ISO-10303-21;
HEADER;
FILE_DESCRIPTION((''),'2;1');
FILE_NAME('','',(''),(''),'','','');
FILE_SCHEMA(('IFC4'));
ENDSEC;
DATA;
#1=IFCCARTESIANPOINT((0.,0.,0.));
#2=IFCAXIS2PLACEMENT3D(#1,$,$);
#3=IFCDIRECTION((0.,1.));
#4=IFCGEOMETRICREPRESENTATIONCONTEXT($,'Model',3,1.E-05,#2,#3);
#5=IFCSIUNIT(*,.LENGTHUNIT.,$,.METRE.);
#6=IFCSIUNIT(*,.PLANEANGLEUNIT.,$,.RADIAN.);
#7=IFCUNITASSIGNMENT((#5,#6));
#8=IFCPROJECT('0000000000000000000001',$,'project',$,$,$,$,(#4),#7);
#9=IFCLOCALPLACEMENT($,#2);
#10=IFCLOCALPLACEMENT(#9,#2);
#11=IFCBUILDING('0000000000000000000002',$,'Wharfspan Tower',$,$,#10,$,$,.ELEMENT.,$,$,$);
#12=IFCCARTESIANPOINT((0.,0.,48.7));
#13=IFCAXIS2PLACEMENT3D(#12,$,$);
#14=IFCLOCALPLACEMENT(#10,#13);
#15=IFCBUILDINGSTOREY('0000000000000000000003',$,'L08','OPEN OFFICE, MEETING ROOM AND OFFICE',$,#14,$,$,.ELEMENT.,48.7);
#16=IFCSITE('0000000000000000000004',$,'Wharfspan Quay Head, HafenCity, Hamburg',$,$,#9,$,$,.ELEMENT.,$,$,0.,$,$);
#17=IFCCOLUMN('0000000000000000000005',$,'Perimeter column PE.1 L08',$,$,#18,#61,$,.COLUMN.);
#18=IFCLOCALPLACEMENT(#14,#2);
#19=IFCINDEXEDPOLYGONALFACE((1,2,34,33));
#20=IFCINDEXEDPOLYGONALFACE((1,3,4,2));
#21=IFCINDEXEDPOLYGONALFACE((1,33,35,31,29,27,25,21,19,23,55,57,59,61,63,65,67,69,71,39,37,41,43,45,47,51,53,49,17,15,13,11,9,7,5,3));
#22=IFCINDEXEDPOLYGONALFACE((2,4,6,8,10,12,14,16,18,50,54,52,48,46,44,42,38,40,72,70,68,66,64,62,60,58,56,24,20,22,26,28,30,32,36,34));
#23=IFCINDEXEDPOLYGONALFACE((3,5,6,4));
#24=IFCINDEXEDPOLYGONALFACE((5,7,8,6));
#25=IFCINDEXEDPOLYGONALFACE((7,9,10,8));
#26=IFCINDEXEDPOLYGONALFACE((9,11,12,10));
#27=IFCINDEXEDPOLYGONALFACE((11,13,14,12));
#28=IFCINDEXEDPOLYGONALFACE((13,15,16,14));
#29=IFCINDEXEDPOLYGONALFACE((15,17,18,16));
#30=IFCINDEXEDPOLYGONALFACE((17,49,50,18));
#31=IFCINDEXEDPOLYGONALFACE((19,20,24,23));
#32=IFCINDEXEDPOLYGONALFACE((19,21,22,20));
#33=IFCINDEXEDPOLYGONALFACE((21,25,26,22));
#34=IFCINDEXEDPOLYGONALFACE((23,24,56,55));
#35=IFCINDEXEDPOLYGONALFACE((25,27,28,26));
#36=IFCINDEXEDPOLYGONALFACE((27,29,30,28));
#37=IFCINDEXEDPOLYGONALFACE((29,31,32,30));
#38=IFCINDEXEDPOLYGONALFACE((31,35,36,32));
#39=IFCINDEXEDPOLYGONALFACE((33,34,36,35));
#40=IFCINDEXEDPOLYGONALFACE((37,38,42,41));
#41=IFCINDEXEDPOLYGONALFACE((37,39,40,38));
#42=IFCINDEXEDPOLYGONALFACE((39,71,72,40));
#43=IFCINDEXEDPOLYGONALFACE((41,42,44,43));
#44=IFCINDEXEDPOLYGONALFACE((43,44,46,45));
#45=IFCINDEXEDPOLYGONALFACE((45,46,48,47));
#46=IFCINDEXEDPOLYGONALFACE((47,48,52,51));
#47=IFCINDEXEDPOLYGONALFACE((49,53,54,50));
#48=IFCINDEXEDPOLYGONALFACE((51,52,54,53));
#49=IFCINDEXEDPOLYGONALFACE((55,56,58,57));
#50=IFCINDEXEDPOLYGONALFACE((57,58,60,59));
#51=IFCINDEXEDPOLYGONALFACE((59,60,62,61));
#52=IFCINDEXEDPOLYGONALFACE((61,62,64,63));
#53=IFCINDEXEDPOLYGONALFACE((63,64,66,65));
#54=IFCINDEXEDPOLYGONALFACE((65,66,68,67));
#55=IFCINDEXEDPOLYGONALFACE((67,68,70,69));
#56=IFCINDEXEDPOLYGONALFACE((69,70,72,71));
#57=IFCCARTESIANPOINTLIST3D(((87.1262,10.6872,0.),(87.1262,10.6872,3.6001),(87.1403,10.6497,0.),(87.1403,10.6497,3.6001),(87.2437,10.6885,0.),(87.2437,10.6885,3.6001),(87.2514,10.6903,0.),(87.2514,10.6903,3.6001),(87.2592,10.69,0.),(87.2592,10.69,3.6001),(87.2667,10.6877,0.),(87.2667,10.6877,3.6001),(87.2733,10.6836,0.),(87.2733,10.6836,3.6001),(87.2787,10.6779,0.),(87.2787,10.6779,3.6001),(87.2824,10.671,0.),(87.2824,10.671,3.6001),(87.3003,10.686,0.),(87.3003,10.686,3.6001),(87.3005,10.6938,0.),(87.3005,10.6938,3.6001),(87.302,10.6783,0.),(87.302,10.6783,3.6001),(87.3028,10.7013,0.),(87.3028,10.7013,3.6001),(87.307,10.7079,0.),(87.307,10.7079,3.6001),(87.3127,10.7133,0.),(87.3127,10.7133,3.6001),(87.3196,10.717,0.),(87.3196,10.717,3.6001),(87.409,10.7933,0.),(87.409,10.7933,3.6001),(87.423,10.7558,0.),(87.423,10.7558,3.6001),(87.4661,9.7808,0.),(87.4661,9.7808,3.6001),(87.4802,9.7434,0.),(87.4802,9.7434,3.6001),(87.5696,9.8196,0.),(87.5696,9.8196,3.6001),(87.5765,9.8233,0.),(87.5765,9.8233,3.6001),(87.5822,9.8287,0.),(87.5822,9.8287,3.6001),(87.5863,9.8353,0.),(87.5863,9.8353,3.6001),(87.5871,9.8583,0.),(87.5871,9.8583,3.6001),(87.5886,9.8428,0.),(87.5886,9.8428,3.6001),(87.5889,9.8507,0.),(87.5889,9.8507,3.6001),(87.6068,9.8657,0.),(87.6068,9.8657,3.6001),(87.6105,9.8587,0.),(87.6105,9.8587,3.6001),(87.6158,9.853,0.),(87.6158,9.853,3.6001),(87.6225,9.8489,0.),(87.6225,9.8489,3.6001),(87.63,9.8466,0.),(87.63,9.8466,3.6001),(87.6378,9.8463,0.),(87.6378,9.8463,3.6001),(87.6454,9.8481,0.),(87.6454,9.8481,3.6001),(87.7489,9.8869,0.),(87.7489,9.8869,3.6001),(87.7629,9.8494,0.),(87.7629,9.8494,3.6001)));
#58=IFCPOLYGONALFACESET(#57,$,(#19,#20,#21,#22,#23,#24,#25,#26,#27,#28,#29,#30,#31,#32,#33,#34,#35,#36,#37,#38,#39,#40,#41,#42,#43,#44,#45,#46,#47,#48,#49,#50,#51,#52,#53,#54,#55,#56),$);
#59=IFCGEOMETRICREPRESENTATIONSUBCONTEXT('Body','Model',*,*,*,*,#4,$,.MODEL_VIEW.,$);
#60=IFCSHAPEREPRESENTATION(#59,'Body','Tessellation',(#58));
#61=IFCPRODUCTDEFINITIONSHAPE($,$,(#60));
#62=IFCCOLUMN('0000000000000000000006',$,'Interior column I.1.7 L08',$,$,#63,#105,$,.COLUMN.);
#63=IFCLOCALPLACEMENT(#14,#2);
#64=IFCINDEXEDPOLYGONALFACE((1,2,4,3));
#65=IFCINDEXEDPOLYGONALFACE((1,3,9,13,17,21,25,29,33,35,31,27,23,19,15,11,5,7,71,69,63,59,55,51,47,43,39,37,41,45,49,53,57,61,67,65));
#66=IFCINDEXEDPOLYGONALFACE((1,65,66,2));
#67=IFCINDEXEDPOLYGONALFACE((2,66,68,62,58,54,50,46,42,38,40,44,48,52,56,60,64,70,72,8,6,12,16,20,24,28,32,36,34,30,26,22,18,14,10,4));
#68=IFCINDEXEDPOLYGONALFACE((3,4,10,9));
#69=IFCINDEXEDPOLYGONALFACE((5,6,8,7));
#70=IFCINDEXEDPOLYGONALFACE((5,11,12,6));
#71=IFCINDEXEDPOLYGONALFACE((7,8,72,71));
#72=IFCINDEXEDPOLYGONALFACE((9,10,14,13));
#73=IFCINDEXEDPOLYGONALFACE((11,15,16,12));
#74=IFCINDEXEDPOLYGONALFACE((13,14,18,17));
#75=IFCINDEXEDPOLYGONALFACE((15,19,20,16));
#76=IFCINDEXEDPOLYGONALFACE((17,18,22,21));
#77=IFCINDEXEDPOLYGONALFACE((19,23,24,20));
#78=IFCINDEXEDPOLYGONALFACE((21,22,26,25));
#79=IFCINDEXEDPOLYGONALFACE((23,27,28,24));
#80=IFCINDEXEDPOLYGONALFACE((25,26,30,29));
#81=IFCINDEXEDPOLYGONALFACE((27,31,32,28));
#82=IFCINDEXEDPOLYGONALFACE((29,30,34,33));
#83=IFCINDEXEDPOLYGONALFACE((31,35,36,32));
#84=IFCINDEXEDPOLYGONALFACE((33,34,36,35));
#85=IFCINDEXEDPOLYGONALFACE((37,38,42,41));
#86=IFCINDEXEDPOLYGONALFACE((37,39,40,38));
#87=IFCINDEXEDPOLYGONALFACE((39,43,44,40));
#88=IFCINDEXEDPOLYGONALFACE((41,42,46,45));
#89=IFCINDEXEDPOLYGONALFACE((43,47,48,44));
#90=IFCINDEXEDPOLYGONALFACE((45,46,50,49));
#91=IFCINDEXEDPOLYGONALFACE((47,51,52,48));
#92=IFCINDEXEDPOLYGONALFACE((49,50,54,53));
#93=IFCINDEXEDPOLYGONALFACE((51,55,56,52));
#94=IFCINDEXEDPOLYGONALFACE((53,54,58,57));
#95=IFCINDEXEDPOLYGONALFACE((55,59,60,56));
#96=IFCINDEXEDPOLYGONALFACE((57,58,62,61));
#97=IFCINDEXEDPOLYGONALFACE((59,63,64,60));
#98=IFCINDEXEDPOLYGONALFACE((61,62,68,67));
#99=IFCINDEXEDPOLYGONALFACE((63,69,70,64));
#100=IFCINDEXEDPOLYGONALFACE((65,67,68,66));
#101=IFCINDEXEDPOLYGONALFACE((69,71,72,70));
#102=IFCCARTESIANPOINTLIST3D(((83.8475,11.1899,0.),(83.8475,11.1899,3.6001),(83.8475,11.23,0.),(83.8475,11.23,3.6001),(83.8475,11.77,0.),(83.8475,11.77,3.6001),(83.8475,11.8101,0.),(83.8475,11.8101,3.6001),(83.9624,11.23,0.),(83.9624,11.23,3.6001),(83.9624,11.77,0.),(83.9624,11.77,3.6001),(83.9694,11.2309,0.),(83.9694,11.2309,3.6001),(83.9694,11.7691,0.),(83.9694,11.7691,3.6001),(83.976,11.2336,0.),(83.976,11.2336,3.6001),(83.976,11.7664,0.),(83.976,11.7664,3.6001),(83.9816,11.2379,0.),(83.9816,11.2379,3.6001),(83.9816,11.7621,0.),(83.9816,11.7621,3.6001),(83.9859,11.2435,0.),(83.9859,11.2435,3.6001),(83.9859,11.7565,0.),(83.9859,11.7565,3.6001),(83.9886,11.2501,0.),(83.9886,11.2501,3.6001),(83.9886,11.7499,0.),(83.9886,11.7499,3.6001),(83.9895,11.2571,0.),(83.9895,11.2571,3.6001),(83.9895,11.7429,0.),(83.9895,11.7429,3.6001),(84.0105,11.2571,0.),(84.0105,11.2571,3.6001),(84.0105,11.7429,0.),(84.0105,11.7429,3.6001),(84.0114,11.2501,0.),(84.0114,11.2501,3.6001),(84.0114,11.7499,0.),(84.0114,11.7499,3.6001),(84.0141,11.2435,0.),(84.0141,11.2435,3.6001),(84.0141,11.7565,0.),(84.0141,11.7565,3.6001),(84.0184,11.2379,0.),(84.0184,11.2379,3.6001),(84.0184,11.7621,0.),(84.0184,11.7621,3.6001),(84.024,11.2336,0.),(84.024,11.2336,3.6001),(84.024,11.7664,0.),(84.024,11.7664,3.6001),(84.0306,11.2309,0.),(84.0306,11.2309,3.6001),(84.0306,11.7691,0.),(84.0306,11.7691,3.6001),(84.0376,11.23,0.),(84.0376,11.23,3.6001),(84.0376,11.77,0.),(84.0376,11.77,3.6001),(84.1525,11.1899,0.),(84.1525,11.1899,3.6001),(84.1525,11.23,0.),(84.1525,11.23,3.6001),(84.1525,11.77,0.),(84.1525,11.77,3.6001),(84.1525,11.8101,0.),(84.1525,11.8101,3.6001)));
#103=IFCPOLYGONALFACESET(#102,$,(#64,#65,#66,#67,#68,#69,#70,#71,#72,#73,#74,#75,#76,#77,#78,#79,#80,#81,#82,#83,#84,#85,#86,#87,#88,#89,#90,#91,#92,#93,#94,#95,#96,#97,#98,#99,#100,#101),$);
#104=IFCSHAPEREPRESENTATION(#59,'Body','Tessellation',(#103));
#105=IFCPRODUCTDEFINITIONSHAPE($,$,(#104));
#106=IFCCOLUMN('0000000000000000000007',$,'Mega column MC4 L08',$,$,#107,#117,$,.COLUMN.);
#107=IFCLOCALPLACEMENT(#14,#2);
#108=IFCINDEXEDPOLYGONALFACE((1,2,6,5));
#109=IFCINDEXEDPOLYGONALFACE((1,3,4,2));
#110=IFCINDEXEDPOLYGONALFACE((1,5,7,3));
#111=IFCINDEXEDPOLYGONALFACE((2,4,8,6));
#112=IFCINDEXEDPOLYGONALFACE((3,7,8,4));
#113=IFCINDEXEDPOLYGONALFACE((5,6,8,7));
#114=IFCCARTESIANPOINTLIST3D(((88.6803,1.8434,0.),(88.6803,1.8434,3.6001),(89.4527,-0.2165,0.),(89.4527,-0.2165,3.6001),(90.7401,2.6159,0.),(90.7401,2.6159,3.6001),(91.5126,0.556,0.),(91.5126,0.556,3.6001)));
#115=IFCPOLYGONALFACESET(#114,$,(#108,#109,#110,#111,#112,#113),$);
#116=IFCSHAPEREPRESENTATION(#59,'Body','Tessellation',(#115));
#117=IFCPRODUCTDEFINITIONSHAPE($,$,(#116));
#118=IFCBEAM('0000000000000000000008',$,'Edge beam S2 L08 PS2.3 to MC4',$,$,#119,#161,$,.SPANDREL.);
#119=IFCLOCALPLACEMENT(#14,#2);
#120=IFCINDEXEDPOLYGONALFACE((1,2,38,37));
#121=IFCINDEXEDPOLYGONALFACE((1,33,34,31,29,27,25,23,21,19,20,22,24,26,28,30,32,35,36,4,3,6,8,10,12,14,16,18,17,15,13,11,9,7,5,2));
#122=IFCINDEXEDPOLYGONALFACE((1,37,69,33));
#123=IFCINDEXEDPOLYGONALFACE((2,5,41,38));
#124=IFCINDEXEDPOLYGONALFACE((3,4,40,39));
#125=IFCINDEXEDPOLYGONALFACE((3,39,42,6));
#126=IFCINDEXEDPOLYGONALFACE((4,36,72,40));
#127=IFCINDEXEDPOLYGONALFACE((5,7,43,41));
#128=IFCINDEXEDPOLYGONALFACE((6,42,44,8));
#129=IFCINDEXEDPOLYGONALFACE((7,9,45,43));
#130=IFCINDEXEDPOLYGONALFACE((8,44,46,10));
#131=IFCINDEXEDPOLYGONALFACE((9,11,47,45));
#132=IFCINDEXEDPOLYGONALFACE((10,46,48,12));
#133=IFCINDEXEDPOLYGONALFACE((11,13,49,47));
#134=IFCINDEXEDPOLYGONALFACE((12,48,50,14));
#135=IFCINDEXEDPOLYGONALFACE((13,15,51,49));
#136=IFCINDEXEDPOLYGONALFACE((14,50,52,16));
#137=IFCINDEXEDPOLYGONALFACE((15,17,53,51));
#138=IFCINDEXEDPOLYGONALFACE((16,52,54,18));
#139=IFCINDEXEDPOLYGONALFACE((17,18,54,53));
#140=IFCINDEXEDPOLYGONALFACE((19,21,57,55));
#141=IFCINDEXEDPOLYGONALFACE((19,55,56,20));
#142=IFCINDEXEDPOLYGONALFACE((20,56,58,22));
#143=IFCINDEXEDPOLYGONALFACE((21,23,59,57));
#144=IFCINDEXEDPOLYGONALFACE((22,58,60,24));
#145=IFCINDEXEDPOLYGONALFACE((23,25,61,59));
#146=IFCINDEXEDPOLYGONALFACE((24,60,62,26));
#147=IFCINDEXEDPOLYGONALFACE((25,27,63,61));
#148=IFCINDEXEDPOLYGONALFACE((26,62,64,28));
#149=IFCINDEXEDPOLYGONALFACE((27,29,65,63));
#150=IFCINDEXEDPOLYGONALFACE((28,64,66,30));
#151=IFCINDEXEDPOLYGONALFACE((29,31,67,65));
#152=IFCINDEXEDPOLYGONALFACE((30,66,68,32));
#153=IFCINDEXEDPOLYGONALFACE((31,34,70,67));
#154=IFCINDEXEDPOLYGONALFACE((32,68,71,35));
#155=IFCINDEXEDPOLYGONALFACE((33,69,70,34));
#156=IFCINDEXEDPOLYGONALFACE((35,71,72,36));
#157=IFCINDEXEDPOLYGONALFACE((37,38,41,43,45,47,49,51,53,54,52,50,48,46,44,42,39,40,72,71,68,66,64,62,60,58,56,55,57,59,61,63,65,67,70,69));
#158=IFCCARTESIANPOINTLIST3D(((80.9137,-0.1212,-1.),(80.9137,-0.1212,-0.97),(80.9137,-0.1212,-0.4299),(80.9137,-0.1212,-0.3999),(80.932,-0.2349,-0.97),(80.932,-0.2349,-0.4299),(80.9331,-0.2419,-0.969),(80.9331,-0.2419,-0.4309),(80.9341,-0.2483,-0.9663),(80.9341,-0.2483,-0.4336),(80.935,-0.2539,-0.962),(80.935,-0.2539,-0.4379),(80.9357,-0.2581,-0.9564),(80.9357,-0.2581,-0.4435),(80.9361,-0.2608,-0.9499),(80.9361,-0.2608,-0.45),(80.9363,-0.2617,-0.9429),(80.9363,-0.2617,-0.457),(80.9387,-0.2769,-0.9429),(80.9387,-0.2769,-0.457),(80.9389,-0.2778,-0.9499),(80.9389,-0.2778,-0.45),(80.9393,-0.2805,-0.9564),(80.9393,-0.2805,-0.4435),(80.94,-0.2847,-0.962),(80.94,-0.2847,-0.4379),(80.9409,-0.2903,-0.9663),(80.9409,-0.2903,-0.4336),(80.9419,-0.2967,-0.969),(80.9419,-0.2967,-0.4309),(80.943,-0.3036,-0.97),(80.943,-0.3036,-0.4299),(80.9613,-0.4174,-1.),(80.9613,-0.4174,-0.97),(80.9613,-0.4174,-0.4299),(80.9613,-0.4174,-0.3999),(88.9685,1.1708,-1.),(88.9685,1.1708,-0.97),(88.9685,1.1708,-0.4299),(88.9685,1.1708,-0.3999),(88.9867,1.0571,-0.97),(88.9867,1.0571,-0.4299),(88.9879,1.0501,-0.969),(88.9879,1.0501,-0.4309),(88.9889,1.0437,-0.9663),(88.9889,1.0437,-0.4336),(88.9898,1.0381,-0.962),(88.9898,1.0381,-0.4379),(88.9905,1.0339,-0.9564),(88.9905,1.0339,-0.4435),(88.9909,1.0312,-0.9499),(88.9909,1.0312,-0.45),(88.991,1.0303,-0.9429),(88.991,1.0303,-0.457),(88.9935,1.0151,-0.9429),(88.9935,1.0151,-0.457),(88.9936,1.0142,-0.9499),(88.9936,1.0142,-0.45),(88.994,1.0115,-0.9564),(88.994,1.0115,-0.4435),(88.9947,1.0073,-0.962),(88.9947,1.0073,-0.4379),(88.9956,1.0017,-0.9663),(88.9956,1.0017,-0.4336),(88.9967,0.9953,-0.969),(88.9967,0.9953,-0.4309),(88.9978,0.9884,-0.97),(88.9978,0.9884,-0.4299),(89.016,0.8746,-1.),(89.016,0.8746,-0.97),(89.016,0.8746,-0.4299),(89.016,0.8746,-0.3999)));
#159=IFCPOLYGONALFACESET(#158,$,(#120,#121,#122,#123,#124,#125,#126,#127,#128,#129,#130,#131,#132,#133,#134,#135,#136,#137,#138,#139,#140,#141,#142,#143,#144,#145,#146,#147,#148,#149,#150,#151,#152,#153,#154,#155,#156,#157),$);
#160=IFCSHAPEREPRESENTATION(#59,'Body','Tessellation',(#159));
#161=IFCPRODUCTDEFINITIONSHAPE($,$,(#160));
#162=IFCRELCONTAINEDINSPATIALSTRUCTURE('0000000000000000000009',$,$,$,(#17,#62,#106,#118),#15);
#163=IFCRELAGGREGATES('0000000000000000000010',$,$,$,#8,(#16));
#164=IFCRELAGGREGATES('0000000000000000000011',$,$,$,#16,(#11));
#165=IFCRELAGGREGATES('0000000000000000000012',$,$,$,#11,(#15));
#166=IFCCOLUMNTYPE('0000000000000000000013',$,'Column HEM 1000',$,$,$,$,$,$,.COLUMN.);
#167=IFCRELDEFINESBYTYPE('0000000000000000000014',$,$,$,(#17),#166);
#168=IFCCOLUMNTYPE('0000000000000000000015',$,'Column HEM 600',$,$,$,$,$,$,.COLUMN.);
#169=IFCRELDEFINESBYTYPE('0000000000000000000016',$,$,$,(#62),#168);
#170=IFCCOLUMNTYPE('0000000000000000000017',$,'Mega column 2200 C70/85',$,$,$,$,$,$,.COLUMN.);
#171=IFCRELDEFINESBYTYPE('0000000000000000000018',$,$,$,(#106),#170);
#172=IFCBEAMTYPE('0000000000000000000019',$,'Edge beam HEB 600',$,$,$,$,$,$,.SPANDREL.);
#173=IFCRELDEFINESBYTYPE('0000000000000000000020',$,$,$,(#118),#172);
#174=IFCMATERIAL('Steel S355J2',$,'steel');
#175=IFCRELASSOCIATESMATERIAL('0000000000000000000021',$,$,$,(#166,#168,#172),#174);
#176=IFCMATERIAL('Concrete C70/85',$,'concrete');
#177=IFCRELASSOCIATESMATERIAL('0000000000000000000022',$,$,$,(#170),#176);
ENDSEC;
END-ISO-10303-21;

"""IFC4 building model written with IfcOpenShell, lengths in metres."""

from ifc_helpers import new_model, si_unit, direction, frame, origin, origin_2d, place, context, subcontext, project, spatial, rectangle, i_section, extrude, material, material_profile, profile_set, type_object, element, save


model = new_model("IFC4")

# Units and contexts
model_context = context("Model", 3, precision=1e-05, world=origin(), true_north=direction((0.0, 1.0)))
body_context = subcontext(model_context, "Body", "Model", "MODEL_VIEW")
ifc_project = project(units=[si_unit("LENGTHUNIT", "METRE"), si_unit("PLANEANGLEUNIT", "RADIAN")], contexts=[model_context])

# Site, building, storey
site_placement = place(None, origin())
site = spatial("IfcSite", under=ifc_project, at=site_placement, Name="Wharfspan Quay Head, HafenCity, Hamburg", CompositionType="ELEMENT", RefElevation=0.0)
building_placement = place(site_placement, origin())
building = spatial("IfcBuilding", under=site, at=building_placement, Name="Wharfspan Tower", CompositionType="ELEMENT")
storey_placement = place(building_placement, frame((0.0, 0.0, 48.7)))
storey = spatial("IfcBuildingStorey", under=building, at=storey_placement, Name="L08", Description="OPEN OFFICE, MEETING ROOM AND OFFICE", CompositionType="ELEMENT", Elevation=48.7)

# Columns
ifc_material_1 = material(Name="Steel S355J2", Category="steel")
ifc_material_profile_1 = material_profile(ifc_material_1, i_section(OverallWidth=0.302, OverallDepth=1.0081, WebThickness=0.021, FlangeThickness=0.04, FilletRadius=0.03, at=origin_2d()))
ifc_profile_set_1 = profile_set([ifc_material_profile_1], Name="Steel S355J2")
column_type_1 = type_object("IfcColumnType", Name="Column HEM 1000", PredefinedType="COLUMN", material=ifc_profile_set_1)
column_1_placement = place(storey_placement, frame((87.4446, 10.2683, 0.0), z_axis=(0.0, 0.0, 1.0), x_axis=(0.936328, 0.351123, 0.0)))
element("IfcColumn", 1, at=column_1_placement, inside=storey, type_object=column_type_1, Name="Perimeter column PE.1 L08", PredefinedType="COLUMN", context=body_context, shape_type="SweptSolid", body=[
    extrude(i_section(OverallWidth=0.302, OverallDepth=1.0081, WebThickness=0.021, FlangeThickness=0.04, FilletRadius=0.03, at=origin_2d()), origin(), (0.0, 0.0, 1.0), 3.6001),
])
ifc_material_profile_2 = material_profile(ifc_material_1, i_section(OverallWidth=0.3049, OverallDepth=0.6201, WebThickness=0.021, FlangeThickness=0.04, FilletRadius=0.0271, at=origin_2d()))
ifc_profile_set_2 = profile_set([ifc_material_profile_2], Name="Steel S355J2")
column_type_2 = type_object("IfcColumnType", Name="Column HEM 600", PredefinedType="COLUMN", material=ifc_profile_set_2)
column_2_placement = place(storey_placement, frame((84.0, 11.5, 0.0), z_axis=(0.0, 0.0, 1.0), x_axis=(1.0, 0.0, 0.0)))
element("IfcColumn", 2, at=column_2_placement, inside=storey, type_object=column_type_2, Name="Interior column I.1.7 L08", PredefinedType="COLUMN", context=body_context, shape_type="SweptSolid", body=[
    extrude(i_section(OverallWidth=0.3049, OverallDepth=0.6201, WebThickness=0.021, FlangeThickness=0.04, FilletRadius=0.0271, at=origin_2d()), origin(), (0.0, 0.0, 1.0), 3.6001),
])
ifc_material_2 = material(Name="Concrete C70/85", Category="concrete")
ifc_material_profile_3 = material_profile(ifc_material_2, rectangle(XDim=2.2, YDim=2.2, at=origin_2d()))
ifc_profile_set_3 = profile_set([ifc_material_profile_3], Name="Concrete C70/85")
column_type_3 = type_object("IfcColumnType", Name="Mega column 2200 C70/85", PredefinedType="COLUMN", material=ifc_profile_set_3)
column_3_placement = place(storey_placement, frame((90.0964, 1.1997, 0.0), z_axis=(0.0, 0.0, 1.0), x_axis=(-0.351123, 0.936328, 0.0)))
element("IfcColumn", 3, at=column_3_placement, inside=storey, type_object=column_type_3, Name="Mega column MC4 L08", PredefinedType="COLUMN", context=body_context, shape_type="SweptSolid", body=[
    extrude(rectangle(XDim=2.2, YDim=2.2, at=origin_2d()), origin(), (0.0, 0.0, 1.0), 3.6001),
])

# Beam
ifc_material_profile_4 = material_profile(ifc_material_1, i_section(OverallWidth=0.3, OverallDepth=0.6001, WebThickness=0.0154, FlangeThickness=0.03, FilletRadius=0.0271, at=origin_2d()))
ifc_profile_set_4 = profile_set([ifc_material_profile_4], Name="Steel S355J2")
beam_type = type_object("IfcBeamType", Name="Edge beam HEB 600", PredefinedType="SPANDREL", material=ifc_profile_set_4)
beam_1_placement = place(storey_placement, frame((80.9375, -0.2693, -0.7), z_axis=(0.987379, 0.158378, 0.0), x_axis=(-0.158378, 0.987379, 0.0)))
element("IfcBeam", 4, at=beam_1_placement, inside=storey, type_object=beam_type, Name="Edge beam S2 L08 PS2.3 to MC4", PredefinedType="SPANDREL", context=body_context, shape_type="SweptSolid", body=[
    extrude(i_section(OverallWidth=0.3, OverallDepth=0.6001, WebThickness=0.0154, FlangeThickness=0.03, FilletRadius=0.0271, at=origin_2d()), origin(), (0.0, 0.0, 1.0), 8.1577),
])

save(model, "model.ifc")
